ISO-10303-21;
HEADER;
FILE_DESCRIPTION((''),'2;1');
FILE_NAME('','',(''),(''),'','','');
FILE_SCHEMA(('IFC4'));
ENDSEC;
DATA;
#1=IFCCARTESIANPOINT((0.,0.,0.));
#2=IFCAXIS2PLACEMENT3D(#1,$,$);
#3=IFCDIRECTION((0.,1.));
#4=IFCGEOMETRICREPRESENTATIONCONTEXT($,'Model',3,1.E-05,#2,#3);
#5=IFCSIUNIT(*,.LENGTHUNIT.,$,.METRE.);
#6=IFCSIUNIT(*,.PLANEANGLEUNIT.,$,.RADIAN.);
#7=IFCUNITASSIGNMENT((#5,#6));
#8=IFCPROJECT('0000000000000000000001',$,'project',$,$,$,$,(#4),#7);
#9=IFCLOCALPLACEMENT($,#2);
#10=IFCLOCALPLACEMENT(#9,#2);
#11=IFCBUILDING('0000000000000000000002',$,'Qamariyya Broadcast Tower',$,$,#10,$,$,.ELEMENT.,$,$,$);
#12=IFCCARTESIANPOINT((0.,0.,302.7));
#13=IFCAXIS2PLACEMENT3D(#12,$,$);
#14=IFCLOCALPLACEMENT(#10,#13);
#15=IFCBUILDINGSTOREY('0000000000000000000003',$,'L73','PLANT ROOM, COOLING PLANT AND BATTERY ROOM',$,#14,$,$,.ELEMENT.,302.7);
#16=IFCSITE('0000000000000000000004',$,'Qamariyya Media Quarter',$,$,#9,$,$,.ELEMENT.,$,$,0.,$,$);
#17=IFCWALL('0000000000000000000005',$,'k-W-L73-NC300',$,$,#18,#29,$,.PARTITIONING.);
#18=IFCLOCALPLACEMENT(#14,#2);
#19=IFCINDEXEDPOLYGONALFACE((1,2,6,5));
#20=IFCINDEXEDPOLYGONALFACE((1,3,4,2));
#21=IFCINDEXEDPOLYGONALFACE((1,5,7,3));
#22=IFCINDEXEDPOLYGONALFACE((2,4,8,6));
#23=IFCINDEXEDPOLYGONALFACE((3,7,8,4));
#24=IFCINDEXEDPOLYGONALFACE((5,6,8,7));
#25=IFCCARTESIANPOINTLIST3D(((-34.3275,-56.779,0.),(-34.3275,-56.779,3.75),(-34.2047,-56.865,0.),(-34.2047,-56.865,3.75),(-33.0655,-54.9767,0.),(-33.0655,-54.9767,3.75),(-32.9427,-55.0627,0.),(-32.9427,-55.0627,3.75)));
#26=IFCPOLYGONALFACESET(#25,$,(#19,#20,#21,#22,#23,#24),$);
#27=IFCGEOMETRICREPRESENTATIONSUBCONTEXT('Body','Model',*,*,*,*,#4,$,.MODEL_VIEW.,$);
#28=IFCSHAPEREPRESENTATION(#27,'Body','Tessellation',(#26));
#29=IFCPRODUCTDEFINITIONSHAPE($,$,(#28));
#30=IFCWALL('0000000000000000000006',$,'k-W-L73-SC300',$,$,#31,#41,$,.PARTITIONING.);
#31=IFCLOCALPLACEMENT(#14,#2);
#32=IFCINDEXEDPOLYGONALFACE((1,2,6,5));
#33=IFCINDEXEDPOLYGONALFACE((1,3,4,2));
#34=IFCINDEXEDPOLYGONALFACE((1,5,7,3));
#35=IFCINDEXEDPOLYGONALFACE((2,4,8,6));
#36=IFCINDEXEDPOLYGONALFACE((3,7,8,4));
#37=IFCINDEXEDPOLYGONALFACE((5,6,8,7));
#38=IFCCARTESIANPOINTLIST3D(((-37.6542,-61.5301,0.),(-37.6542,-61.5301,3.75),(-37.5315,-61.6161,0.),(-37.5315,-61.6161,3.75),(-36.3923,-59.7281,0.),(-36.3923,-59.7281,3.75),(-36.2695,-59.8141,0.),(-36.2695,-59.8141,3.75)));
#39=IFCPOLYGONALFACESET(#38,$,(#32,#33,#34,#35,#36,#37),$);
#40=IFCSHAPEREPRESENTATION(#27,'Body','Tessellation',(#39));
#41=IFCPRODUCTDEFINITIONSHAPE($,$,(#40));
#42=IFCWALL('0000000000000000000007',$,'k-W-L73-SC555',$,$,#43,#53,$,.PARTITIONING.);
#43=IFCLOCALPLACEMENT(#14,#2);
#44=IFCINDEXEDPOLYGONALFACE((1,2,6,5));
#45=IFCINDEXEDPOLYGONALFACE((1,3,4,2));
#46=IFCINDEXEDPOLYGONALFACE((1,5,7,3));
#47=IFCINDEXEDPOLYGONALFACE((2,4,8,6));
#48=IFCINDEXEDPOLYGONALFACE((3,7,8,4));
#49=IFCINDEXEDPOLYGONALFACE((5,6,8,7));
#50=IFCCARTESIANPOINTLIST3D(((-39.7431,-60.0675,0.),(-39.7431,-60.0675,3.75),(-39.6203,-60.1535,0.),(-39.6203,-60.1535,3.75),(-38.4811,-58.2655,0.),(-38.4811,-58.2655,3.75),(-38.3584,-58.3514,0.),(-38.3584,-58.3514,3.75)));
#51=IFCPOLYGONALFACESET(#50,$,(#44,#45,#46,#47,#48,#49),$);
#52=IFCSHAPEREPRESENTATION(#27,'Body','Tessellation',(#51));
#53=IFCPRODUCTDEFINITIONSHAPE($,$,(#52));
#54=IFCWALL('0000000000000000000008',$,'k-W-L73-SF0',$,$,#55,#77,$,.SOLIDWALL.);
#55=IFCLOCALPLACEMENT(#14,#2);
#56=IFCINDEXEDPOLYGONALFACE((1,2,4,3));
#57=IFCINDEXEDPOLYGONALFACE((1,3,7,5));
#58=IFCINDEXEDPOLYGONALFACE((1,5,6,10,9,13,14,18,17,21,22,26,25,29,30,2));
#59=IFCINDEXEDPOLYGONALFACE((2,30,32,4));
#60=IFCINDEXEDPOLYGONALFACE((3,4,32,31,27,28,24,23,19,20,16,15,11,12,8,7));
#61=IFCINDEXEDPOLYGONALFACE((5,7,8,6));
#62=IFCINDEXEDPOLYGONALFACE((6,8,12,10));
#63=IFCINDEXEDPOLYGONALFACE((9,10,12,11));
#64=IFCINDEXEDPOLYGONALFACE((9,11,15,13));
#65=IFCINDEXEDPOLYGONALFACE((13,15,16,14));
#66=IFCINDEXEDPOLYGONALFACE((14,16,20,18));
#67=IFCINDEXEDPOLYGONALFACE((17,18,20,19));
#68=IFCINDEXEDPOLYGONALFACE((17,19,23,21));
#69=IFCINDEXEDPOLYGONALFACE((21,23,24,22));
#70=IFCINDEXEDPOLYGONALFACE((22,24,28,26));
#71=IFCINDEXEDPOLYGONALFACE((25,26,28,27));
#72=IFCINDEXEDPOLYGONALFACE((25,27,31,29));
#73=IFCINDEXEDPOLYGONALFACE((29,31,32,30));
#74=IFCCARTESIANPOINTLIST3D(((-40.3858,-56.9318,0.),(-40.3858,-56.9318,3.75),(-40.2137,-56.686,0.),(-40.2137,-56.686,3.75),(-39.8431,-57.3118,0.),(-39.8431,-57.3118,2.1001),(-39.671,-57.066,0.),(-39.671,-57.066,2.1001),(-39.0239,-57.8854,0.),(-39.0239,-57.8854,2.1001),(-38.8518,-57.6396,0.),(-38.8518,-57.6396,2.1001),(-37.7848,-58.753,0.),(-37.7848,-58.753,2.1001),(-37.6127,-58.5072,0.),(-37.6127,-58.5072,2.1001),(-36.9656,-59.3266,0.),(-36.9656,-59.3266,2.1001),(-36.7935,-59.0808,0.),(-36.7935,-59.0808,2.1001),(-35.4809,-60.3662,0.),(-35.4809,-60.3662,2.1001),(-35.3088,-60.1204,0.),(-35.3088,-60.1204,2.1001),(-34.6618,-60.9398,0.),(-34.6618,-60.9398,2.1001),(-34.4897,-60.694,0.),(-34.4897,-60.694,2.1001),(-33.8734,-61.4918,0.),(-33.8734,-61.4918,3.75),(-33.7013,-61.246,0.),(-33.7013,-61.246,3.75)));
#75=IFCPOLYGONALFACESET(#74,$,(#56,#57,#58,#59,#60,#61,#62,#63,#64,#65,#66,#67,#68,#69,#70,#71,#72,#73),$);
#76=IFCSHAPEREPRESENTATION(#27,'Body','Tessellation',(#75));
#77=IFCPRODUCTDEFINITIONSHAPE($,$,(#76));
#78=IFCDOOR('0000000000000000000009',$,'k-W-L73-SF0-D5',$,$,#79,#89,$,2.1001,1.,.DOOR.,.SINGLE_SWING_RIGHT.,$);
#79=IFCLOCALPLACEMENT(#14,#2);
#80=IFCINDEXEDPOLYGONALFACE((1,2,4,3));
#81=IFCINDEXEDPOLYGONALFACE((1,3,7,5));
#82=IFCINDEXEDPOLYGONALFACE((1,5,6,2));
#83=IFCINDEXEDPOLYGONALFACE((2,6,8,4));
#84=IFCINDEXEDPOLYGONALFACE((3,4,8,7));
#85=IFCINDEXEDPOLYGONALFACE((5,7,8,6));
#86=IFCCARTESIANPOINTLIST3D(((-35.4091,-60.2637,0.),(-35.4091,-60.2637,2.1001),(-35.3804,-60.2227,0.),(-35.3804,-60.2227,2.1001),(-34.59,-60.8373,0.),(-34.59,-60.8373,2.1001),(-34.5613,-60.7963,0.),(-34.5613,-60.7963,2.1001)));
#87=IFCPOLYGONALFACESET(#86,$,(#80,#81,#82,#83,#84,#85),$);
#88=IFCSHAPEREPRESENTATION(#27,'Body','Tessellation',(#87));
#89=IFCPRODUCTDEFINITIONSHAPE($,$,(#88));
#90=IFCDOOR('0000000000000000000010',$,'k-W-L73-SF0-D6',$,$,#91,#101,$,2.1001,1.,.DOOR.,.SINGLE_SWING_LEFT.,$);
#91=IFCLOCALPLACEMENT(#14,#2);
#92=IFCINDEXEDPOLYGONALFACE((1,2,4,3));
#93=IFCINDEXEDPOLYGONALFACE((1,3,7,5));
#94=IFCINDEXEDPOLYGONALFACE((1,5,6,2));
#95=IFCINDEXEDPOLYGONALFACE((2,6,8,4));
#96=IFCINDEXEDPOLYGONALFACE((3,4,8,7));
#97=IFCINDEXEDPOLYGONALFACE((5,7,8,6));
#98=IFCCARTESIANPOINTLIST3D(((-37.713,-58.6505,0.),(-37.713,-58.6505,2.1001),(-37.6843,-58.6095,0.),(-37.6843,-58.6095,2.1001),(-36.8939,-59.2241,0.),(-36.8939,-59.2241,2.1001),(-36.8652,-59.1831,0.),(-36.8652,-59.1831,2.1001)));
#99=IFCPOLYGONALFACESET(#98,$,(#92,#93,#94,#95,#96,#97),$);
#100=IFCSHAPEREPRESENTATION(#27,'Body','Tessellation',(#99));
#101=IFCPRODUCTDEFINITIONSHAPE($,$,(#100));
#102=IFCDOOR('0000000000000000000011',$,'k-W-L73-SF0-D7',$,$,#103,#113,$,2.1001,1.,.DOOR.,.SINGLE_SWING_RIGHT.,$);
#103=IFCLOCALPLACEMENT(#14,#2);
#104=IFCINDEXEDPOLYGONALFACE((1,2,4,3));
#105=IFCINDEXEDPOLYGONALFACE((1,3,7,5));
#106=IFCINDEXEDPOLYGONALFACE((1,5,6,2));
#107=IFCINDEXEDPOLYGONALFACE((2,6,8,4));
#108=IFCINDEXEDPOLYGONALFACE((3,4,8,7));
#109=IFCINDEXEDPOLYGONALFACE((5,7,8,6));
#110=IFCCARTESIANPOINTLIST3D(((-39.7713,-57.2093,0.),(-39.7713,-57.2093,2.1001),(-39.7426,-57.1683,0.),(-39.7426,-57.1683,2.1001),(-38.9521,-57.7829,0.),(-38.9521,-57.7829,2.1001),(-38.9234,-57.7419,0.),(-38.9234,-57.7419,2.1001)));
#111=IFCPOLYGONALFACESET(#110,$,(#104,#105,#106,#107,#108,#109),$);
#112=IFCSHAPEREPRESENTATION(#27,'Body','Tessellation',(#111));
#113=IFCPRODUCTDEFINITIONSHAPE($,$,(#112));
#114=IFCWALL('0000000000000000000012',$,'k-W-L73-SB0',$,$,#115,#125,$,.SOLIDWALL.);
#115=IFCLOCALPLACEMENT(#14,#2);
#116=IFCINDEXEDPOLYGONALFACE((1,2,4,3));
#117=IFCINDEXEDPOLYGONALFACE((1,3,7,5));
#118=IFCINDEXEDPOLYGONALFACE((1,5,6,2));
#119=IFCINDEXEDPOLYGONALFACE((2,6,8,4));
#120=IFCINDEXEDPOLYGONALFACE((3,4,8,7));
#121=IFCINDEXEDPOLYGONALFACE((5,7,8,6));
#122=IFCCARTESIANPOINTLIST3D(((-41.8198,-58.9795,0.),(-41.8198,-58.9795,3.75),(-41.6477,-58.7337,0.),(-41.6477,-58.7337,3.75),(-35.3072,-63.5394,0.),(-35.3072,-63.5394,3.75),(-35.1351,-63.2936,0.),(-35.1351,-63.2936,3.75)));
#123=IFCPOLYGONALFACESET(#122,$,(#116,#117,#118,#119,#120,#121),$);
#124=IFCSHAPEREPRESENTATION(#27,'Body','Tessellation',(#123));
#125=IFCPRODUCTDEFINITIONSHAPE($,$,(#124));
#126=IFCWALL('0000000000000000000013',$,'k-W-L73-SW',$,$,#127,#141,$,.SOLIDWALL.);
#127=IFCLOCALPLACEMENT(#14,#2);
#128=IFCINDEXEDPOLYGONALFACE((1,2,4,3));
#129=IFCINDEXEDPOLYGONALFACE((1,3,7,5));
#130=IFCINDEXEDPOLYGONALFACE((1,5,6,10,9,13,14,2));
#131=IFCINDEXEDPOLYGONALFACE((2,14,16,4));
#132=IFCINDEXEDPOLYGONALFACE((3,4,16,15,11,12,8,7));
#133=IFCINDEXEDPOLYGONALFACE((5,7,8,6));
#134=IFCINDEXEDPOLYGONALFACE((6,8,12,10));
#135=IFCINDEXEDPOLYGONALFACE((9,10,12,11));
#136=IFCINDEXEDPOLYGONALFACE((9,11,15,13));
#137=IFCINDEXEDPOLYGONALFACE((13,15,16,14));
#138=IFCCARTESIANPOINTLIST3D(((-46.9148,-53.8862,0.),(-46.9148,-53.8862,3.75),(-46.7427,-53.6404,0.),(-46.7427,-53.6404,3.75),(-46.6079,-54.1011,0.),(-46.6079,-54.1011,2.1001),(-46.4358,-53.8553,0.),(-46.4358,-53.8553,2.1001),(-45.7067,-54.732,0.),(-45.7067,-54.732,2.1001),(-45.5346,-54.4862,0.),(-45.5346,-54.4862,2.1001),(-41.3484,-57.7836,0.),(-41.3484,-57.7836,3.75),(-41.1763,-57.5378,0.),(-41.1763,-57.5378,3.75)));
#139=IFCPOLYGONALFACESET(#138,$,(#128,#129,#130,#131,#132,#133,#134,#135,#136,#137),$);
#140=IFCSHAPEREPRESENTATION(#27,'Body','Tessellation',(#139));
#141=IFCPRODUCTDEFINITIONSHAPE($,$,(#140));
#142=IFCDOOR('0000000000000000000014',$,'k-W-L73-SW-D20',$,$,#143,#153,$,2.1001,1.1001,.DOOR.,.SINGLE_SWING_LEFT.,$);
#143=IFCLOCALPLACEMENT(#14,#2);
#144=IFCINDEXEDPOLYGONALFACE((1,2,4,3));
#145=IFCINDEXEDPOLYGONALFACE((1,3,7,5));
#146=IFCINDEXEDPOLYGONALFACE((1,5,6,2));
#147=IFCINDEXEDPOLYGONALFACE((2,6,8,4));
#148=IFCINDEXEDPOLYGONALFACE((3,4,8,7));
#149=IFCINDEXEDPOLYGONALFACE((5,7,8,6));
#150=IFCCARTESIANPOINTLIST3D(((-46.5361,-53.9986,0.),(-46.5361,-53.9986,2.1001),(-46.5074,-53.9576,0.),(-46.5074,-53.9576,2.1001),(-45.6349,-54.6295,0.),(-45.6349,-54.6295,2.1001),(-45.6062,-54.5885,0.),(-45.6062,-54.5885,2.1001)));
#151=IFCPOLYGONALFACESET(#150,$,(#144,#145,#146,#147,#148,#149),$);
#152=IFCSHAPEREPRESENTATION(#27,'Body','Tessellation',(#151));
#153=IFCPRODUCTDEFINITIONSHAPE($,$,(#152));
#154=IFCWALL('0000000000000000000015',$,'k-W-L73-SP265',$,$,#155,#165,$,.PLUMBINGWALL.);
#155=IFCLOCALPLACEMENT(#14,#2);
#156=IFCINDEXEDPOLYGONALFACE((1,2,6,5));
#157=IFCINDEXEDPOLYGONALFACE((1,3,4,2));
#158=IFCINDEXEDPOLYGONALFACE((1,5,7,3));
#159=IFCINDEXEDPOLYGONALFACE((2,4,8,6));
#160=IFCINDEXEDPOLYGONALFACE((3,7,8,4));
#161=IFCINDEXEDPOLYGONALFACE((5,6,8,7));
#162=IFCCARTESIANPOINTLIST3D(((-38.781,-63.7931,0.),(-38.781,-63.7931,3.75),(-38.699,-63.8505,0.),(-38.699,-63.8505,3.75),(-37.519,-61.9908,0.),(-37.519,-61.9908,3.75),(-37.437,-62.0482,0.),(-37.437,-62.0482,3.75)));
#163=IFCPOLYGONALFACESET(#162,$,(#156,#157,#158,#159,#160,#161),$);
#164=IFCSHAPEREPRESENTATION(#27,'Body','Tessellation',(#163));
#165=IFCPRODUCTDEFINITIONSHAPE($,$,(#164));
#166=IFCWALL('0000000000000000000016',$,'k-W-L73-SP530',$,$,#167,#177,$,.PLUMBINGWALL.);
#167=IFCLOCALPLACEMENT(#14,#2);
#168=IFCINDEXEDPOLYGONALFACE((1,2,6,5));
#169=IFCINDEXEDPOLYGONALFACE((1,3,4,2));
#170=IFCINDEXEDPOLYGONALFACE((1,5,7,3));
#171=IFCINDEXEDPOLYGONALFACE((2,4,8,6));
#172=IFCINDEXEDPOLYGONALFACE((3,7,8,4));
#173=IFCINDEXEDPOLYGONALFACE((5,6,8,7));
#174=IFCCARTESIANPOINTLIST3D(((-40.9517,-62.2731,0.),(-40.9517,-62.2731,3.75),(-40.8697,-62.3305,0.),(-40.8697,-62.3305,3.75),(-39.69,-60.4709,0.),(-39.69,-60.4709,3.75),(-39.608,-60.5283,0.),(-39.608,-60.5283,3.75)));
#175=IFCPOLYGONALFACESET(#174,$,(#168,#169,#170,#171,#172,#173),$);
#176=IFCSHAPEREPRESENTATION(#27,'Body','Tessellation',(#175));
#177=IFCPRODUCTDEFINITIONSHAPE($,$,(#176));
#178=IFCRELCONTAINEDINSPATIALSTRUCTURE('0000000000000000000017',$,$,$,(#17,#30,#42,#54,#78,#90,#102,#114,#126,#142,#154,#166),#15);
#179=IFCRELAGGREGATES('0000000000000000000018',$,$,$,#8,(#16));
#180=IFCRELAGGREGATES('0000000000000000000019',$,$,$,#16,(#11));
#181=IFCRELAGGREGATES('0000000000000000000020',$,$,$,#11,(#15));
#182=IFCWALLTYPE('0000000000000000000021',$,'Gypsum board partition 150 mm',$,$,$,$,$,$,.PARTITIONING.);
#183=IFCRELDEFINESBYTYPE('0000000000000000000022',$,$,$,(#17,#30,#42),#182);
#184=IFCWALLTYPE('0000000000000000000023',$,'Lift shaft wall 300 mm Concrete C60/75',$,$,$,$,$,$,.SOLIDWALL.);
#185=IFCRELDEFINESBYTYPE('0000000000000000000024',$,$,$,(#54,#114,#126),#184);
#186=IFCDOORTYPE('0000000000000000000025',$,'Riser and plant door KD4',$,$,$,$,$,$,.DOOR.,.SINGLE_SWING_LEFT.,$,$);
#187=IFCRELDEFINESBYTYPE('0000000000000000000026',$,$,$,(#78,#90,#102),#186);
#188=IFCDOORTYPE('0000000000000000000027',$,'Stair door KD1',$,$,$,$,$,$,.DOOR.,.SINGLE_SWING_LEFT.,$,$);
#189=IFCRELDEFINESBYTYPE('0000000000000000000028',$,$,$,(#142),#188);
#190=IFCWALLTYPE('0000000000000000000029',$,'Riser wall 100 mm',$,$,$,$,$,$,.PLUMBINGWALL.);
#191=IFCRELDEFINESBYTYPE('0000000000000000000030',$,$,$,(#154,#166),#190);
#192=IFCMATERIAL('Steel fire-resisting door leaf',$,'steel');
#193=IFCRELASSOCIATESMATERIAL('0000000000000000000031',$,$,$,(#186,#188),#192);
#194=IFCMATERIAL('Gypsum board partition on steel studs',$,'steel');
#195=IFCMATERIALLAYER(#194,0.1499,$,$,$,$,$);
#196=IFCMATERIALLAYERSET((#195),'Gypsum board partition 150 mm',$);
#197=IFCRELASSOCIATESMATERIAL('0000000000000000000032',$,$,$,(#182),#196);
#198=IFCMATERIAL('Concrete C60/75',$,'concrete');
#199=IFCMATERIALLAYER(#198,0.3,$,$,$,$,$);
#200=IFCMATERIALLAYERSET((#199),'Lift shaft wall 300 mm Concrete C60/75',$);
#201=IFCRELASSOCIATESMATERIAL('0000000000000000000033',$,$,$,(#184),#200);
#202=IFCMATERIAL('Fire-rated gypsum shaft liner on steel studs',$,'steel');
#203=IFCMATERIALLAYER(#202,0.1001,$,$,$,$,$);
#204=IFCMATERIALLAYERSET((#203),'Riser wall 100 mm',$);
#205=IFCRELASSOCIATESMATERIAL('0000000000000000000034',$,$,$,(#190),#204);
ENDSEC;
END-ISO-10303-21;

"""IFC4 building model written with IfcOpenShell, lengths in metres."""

from ifc_helpers import new_model, si_unit, direction, frame, frame_2d, origin, place, context, subcontext, project, spatial, rectangle, extrude, material, layer, layer_set, type_object, element, fill, save


model = new_model("IFC4")

# Units and contexts
model_context = context("Model", 3, precision=1e-05, world=origin(), true_north=direction((0.0, 1.0)))
body_context = subcontext(model_context, "Body", "Model", "MODEL_VIEW")
ifc_project = project(units=[si_unit("LENGTHUNIT", "METRE"), si_unit("PLANEANGLEUNIT", "RADIAN")], contexts=[model_context])

# Site, building, storey
site_placement = place(None, origin())
site = spatial("IfcSite", under=ifc_project, at=site_placement, Name="Qamariyya Media Quarter", CompositionType="ELEMENT", RefElevation=0.0)
building_placement = place(site_placement, origin())
building = spatial("IfcBuilding", under=site, at=building_placement, Name="Qamariyya Broadcast Tower", CompositionType="ELEMENT")
storey_placement = place(building_placement, frame((0.0, 0.0, 302.7)))
storey = spatial("IfcBuildingStorey", under=building, at=storey_placement, Name="L73", Description="PLANT ROOM, COOLING PLANT AND BATTERY ROOM", CompositionType="ELEMENT", Elevation=302.7)

# Shared definitions
ifc_material_1 = material(Name="Concrete C60/75", Category="concrete")
ifc_material_2 = material(Name="Steel fire-resisting door leaf", Category="steel")

# Shared definitions
door_type_1 = type_object("IfcDoorType", Name="Riser and plant door KD4", OperationType="SINGLE_SWING_LEFT", PredefinedType="DOOR", material=ifc_material_2)
door_type_2 = type_object("IfcDoorType", Name="Stair door KD1", OperationType="SINGLE_SWING_LEFT", PredefinedType="DOOR", material=ifc_material_2)

# Walls
ifc_material_3 = material(Name="Gypsum board partition on steel studs", Category="steel")
ifc_layer_1 = layer(ifc_material_3, 0.1499)
ifc_layer_set_1 = layer_set([ifc_layer_1], Name="Gypsum board partition 150 mm")
wall_type_1 = type_object("IfcWallType", Name="Gypsum board partition 150 mm", PredefinedType="PARTITIONING", material=ifc_layer_set_1)
wall_1_placement = place(storey_placement, frame((-34.2661, -56.822, 0.0), z_axis=(0.0, 0.0, 1.0), x_axis=(0.573581, 0.819149, 0.0)))
element("IfcWall", 1, at=wall_1_placement, inside=storey, type_object=wall_type_1, Name="k-W-L73-NC300", PredefinedType="PARTITIONING", context=body_context, shape_type="SweptSolid", body=[
    extrude(rectangle(XDim=2.2002, YDim=0.1499, at=frame_2d((1.1001, 0.0))), origin(), (0.0, 0.0, 1.0), 3.75),
])
for number, where, z_axis, x_axis, name in (
    (2, (-36.3308, -59.771, 0.0), (0.0, 0.0, 1.0), (-0.573634, -0.819112, 0.0), "k-W-L73-SC300"),
    (3, (-38.4197, -58.3083, 0.0), (0.0, 0.0, 1.0), (-0.573634, -0.819112, 0.0), "k-W-L73-SC555"),
):
    element("IfcWall", number, at=place(storey_placement, frame(where, z_axis=z_axis, x_axis=x_axis)), inside=storey, type_object=wall_type_1, Name=name, PredefinedType="PARTITIONING", context=body_context, shape_type="SweptSolid", body=[
        extrude(rectangle(XDim=2.2, YDim=0.1499, at=frame_2d((1.1001, 0.0))), origin(), (0.0, 0.0, 1.0), 3.75),
    ])

# Wall, openings, doors
ifc_layer_2 = layer(ifc_material_1, 0.3)
ifc_layer_set_2 = layer_set([ifc_layer_2], Name="Lift shaft wall 300 mm Concrete C60/75")
wall_type_2 = type_object("IfcWallType", Name="Lift shaft wall 300 mm Concrete C60/75", PredefinedType="SOLIDWALL", material=ifc_layer_set_2)
wall_2_placement = place(storey_placement, frame((-33.7874, -61.3689, 0.0), z_axis=(0.0, 0.0, 1.0), x_axis=(-0.819153, 0.573576, 0.0)))
wall_2 = element("IfcWall", 4, at=wall_2_placement, inside=storey, type_object=wall_type_2, Name="k-W-L73-SF0", PredefinedType="SOLIDWALL", context=body_context, shape_type="SweptSolid", body=[
    extrude(rectangle(XDim=7.9502, YDim=0.3, at=frame_2d((3.9751, 0.0))), origin(), (0.0, 0.0, 1.0), 3.75),
])
opening_1_placement = place(wall_2_placement, frame((0.9624, 0.0, 0.0)))
opening_1 = element("IfcOpeningElement", 5, at=opening_1_placement, cuts=wall_2, PredefinedType="OPENING", context=body_context, shape_type="SweptSolid", body=[
    extrude(rectangle(XDim=1.0, YDim=2.1001, at=frame_2d((0.5, 1.05))), frame((0.0, 0.1599, 0.0), z_axis=(0.0, -1.0, 0.0), x_axis=(1.0, 0.0, 0.0)), (0.0, 0.0, 1.0), 0.3201),
])
opening_2_placement = place(wall_2_placement, frame((3.7749, 0.0, 0.0)))
opening_2 = element("IfcOpeningElement", 6, at=opening_2_placement, cuts=wall_2, PredefinedType="OPENING", context=body_context, shape_type="SweptSolid", body=[
    extrude(rectangle(XDim=1.0, YDim=2.1001, at=frame_2d((0.5, 1.05))), frame((0.0, 0.1599, 0.0), z_axis=(0.0, -1.0, 0.0), x_axis=(1.0, 0.0, 0.0)), (0.0, 0.0, 1.0), 0.3201),
])
opening_3_placement = place(wall_2_placement, frame((6.2876, 0.0, 0.0)))
opening_3 = element("IfcOpeningElement", 7, at=opening_3_placement, cuts=wall_2, PredefinedType="OPENING", context=body_context, shape_type="SweptSolid", body=[
    extrude(rectangle(XDim=1.0, YDim=2.1001, at=frame_2d((0.5, 1.05))), frame((0.0, 0.1599, 0.0), z_axis=(0.0, -1.0, 0.0), x_axis=(1.0, 0.0, 0.0)), (0.0, 0.0, 1.0), 0.3201),
])
door_1_placement = place(opening_1_placement, origin())
door_1 = element("IfcDoor", 8, at=door_1_placement, inside=storey, type_object=door_type_1, Name="k-W-L73-SF0-D5", OperationType="SINGLE_SWING_RIGHT", OverallHeight=2.1001, OverallWidth=1.0, PredefinedType="DOOR", context=body_context, shape_type="SweptSolid", body=[
    extrude(rectangle(XDim=1.0, YDim=2.1001, at=frame_2d((0.5, 1.05))), frame((0.0, 0.0249, 0.0), z_axis=(0.0, -1.0, 0.0), x_axis=(1.0, 0.0, 0.0)), (0.0, 0.0, 1.0), 0.05),
])
fill(opening_1, door_1)
door_2_placement = place(opening_2_placement, origin())
door_2 = element("IfcDoor", 9, at=door_2_placement, inside=storey, type_object=door_type_1, Name="k-W-L73-SF0-D6", OperationType="SINGLE_SWING_LEFT", OverallHeight=2.1001, OverallWidth=1.0, PredefinedType="DOOR", context=body_context, shape_type="SweptSolid", body=[
    extrude(rectangle(XDim=1.0, YDim=2.1001, at=frame_2d((0.5, 1.05))), frame((0.0, 0.0249, 0.0), z_axis=(0.0, -1.0, 0.0), x_axis=(1.0, 0.0, 0.0)), (0.0, 0.0, 1.0), 0.05),
])
fill(opening_2, door_2)
door_3_placement = place(opening_3_placement, origin())
door_3 = element("IfcDoor", 10, at=door_3_placement, inside=storey, type_object=door_type_1, Name="k-W-L73-SF0-D7", OperationType="SINGLE_SWING_RIGHT", OverallHeight=2.1001, OverallWidth=1.0, PredefinedType="DOOR", context=body_context, shape_type="SweptSolid", body=[
    extrude(rectangle(XDim=1.0, YDim=2.1001, at=frame_2d((0.5, 1.05))), frame((0.0, 0.0249, 0.0), z_axis=(0.0, -1.0, 0.0), x_axis=(1.0, 0.0, 0.0)), (0.0, 0.0, 1.0), 0.05),
])
fill(opening_3, door_3)

# Wall
wall_3_placement = place(storey_placement, frame((-35.2212, -63.4165, 0.0), z_axis=(0.0, 0.0, 1.0), x_axis=(-0.819167, 0.573555, 0.0)))
element("IfcWall", 11, at=wall_3_placement, inside=storey, type_object=wall_type_2, Name="k-W-L73-SB0", PredefinedType="SOLIDWALL", context=body_context, shape_type="SweptSolid", body=[
    extrude(rectangle(XDim=7.9502, YDim=0.3, at=frame_2d((3.9751, 0.0))), origin(), (0.0, 0.0, 1.0), 3.75),
])

# Wall, opening, door
wall_4_placement = place(storey_placement, frame((-41.2625, -57.6606, 0.0), z_axis=(0.0, 0.0, 1.0), x_axis=(-0.819164, 0.573559, 0.0)))
wall_4 = element("IfcWall", 12, at=wall_4_placement, inside=storey, type_object=wall_type_2, Name="k-W-L73-SW", PredefinedType="SOLIDWALL", context=body_context, shape_type="SweptSolid", body=[
    extrude(rectangle(XDim=6.7952, YDim=0.3, at=frame_2d((3.3975, 0.0))), origin(), (0.0, 0.0, 1.0), 3.75),
])
opening_4_placement = place(wall_4_placement, frame((5.3203, 0.0, 0.0)))
opening_4 = element("IfcOpeningElement", 13, at=opening_4_placement, cuts=wall_4, PredefinedType="OPENING", context=body_context, shape_type="SweptSolid", body=[
    extrude(rectangle(XDim=1.1001, YDim=2.1001, at=frame_2d((0.55, 1.05))), frame((0.0, 0.1599, 0.0), z_axis=(0.0, -1.0, 0.0), x_axis=(1.0, 0.0, 0.0)), (0.0, 0.0, 1.0), 0.3201),
])
door_4_placement = place(opening_4_placement, origin())
door_4 = element("IfcDoor", 14, at=door_4_placement, inside=storey, type_object=door_type_2, Name="k-W-L73-SW-D20", OperationType="SINGLE_SWING_LEFT", OverallHeight=2.1001, OverallWidth=1.1001, PredefinedType="DOOR", context=body_context, shape_type="SweptSolid", body=[
    extrude(rectangle(XDim=1.1001, YDim=2.1001, at=frame_2d((0.55, 1.05))), frame((0.0, 0.0249, 0.0), z_axis=(0.0, -1.0, 0.0), x_axis=(1.0, 0.0, 0.0)), (0.0, 0.0, 1.0), 0.05),
])
fill(opening_4, door_4)

# Walls
ifc_material_4 = material(Name="Fire-rated gypsum shaft liner on steel studs", Category="steel")
ifc_layer_3 = layer(ifc_material_4, 0.1001)
ifc_layer_set_3 = layer_set([ifc_layer_3], Name="Riser wall 100 mm")
wall_type_3 = type_object("IfcWallType", Name="Riser wall 100 mm", PredefinedType="PLUMBINGWALL", material=ifc_layer_set_3)
wall_5_placement = place(storey_placement, frame((-37.478, -62.0195, 0.0), z_axis=(0.0, 0.0, 1.0), x_axis=(-0.573581, -0.819149, 0.0)))
element("IfcWall", 15, at=wall_5_placement, inside=storey, type_object=wall_type_3, Name="k-W-L73-SP265", PredefinedType="PLUMBINGWALL", context=body_context, shape_type="SweptSolid", body=[
    extrude(rectangle(XDim=2.2002, YDim=0.1001, at=frame_2d((1.1001, 0.0))), origin(), (0.0, 0.0, 1.0), 3.75),
])
wall_6_placement = place(storey_placement, frame((-39.6489, -60.4995, 0.0), z_axis=(0.0, 0.0, 1.0), x_axis=(-0.573507, -0.819201, 0.0)))
element("IfcWall", 16, at=wall_6_placement, inside=storey, type_object=wall_type_3, Name="k-W-L73-SP530", PredefinedType="PLUMBINGWALL", context=body_context, shape_type="SweptSolid", body=[
    extrude(rectangle(XDim=2.2, YDim=0.1001, at=frame_2d((1.1001, 0.0))), origin(), (0.0, 0.0, 1.0), 3.75),
])

save(model, "model.ifc")
